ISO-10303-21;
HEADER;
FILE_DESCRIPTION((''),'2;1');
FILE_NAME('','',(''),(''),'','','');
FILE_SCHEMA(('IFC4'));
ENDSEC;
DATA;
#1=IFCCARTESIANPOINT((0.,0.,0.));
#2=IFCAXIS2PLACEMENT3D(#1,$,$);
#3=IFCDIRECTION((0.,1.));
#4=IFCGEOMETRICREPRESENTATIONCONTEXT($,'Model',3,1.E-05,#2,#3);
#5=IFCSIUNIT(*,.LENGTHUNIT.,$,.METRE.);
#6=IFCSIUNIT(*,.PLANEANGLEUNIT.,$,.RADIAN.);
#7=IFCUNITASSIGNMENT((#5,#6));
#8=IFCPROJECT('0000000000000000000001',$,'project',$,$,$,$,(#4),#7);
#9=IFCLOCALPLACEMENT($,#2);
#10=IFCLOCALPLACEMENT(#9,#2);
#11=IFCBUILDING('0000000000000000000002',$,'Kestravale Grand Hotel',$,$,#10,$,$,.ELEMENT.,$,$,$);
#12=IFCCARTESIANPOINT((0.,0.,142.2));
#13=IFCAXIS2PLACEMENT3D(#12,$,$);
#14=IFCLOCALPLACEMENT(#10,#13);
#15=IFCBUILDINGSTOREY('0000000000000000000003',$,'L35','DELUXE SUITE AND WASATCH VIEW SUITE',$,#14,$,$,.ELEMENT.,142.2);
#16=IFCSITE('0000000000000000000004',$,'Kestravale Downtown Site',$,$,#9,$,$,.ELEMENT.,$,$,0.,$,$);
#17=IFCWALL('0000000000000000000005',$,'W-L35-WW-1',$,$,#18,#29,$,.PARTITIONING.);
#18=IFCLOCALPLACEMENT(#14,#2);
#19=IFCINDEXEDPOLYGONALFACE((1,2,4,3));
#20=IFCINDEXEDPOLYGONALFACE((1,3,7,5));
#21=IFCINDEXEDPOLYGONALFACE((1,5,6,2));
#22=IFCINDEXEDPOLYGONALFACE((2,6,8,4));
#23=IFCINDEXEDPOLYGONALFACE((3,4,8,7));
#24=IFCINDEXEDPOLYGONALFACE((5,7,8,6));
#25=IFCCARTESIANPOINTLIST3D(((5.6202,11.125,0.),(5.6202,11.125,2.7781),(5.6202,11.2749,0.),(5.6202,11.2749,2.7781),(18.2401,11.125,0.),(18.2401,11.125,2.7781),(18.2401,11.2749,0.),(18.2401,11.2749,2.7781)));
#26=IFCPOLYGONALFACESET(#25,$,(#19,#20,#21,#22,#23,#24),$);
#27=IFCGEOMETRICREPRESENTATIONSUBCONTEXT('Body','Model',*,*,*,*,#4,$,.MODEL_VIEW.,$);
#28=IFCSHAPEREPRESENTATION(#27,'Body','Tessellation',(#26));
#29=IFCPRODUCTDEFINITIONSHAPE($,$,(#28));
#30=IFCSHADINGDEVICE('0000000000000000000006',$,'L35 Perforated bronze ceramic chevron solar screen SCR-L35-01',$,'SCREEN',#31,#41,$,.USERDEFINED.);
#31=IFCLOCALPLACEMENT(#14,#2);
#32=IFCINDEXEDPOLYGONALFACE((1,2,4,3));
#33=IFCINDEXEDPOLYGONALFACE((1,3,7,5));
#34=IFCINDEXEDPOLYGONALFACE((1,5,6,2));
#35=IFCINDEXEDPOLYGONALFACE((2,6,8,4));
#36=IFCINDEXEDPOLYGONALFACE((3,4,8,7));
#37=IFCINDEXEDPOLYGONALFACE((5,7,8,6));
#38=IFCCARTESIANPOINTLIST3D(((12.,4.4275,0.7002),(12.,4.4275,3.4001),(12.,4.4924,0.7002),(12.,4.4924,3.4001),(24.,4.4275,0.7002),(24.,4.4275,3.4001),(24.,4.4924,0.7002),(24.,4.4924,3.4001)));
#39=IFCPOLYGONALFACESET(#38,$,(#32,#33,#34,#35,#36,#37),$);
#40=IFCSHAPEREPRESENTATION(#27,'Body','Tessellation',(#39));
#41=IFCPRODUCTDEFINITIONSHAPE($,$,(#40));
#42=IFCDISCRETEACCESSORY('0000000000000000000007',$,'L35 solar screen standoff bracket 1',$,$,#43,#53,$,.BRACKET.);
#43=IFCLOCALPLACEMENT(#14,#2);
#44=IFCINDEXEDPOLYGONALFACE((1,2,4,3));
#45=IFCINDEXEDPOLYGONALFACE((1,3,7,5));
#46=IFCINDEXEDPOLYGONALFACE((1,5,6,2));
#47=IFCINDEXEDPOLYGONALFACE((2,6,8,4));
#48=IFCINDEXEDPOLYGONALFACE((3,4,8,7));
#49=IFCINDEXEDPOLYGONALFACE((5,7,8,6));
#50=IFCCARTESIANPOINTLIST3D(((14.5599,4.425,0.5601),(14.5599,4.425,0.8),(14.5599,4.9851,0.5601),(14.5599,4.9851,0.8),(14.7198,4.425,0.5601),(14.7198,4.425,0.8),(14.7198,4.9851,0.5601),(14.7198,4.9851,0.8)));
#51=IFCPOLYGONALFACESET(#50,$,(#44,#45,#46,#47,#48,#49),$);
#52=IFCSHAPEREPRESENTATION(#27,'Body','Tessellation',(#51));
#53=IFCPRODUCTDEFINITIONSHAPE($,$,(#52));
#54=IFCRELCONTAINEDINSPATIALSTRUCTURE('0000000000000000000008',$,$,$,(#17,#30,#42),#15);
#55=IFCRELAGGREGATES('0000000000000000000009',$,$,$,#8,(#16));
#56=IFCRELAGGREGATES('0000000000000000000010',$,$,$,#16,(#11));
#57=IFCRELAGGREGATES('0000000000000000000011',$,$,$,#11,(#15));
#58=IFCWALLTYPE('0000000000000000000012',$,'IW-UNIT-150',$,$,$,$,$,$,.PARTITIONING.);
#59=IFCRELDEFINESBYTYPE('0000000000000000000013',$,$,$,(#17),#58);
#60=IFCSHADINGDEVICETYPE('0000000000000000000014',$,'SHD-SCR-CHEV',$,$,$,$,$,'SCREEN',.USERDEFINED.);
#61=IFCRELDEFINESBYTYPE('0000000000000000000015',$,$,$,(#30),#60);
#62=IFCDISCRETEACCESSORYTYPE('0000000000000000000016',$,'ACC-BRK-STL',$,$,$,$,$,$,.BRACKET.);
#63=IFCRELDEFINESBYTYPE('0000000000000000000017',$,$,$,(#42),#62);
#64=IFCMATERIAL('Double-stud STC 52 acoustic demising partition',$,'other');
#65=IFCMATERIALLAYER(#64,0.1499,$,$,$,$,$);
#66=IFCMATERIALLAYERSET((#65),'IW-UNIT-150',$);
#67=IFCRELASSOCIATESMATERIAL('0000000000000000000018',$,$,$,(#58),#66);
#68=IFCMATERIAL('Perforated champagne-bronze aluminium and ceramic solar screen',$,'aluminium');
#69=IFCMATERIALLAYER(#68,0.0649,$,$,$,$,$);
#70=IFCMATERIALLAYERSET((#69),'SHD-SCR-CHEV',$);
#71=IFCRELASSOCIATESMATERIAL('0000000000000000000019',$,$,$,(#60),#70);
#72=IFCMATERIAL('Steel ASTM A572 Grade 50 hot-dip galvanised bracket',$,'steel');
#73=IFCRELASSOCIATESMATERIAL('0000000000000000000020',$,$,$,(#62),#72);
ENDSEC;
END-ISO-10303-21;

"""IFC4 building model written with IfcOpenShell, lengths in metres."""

from ifc_helpers import new_model, si_unit, direction, frame, frame_2d, origin, origin_2d, place, context, subcontext, project, spatial, rectangle, extrude, material, layer, layer_set, type_object, element, save


model = new_model("IFC4")

# Units and contexts
model_context = context("Model", 3, precision=1e-05, world=origin(), true_north=direction((0.0, 1.0)))
body_context = subcontext(model_context, "Body", "Model", "MODEL_VIEW")
ifc_project = project(units=[si_unit("LENGTHUNIT", "METRE"), si_unit("PLANEANGLEUNIT", "RADIAN")], contexts=[model_context])

# Site, building, storey
site_placement = place(None, origin())
site = spatial("IfcSite", under=ifc_project, at=site_placement, Name="Kestravale Downtown Site", CompositionType="ELEMENT", RefElevation=0.0)
building_placement = place(site_placement, origin())
building = spatial("IfcBuilding", under=site, at=building_placement, Name="Kestravale Grand Hotel", CompositionType="ELEMENT")
storey_placement = place(building_placement, frame((0.0, 0.0, 142.2)))
storey = spatial("IfcBuildingStorey", under=building, at=storey_placement, Name="L35", Description="DELUXE SUITE AND WASATCH VIEW SUITE", CompositionType="ELEMENT", Elevation=142.2)

# Wall
ifc_material_1 = material(Name="Double-stud STC 52 acoustic demising partition", Category="other")
ifc_layer_1 = layer(ifc_material_1, 0.1499)
ifc_layer_set_1 = layer_set([ifc_layer_1], Name="IW-UNIT-150")
wall_type_1 = type_object("IfcWallType", Name="IW-UNIT-150", PredefinedType="PARTITIONING", material=ifc_layer_set_1)
wall_1_placement = place(storey_placement, frame((5.6201, 11.2, 0.0), z_axis=(0.0, 0.0, 1.0), x_axis=(1.0, 0.0, 0.0)))
element("IfcWall", 1, at=wall_1_placement, inside=storey, type_object=wall_type_1, Name="W-L35-WW-1", PredefinedType="PARTITIONING", context=body_context, shape_type="SweptSolid", body=[
    extrude(rectangle(XDim=12.6199, YDim=0.1499, at=frame_2d((6.3101, 0.0))), origin(), (0.0, 0.0, 1.0), 2.7781),
])

# Shading device
ifc_material_2 = material(Name="Perforated champagne-bronze aluminium and ceramic solar screen", Category="aluminium")
ifc_layer_2 = layer(ifc_material_2, 0.0649)
ifc_layer_set_2 = layer_set([ifc_layer_2], Name="SHD-SCR-CHEV")
shading_device_type = type_object("IfcShadingDeviceType", Name="SHD-SCR-CHEV", ElementType="SCREEN", PredefinedType="USERDEFINED", material=ifc_layer_set_2)
shading_device_placement = place(storey_placement, frame((18.0, 4.46, 0.7002), z_axis=(0.0, 0.0, 1.0), x_axis=(1.0, 0.0, 0.0)))
element("IfcShadingDevice", 2, at=shading_device_placement, inside=storey, type_object=shading_device_type, Name="L35 Perforated bronze ceramic chevron solar screen SCR-L35-01", ObjectType="SCREEN", PredefinedType="USERDEFINED", context=body_context, shape_type="SweptSolid", body=[
    extrude(rectangle(XDim=12.0, YDim=0.0649, at=origin_2d()), origin(), (0.0, 0.0, 1.0), 2.7),
])

# Discrete accessory
ifc_material_3 = material(Name="Steel ASTM A572 Grade 50 hot-dip galvanised bracket", Category="steel")
discrete_accessory_type = type_object("IfcDiscreteAccessoryType", Name="ACC-BRK-STL", PredefinedType="BRACKET", material=ifc_material_3)
discrete_accessory_placement = place(storey_placement, frame((14.6399, 4.7051, 0.5601), z_axis=(0.0, 0.0, 1.0), x_axis=(1.0, 0.0, 0.0)))
element("IfcDiscreteAccessory", 3, at=discrete_accessory_placement, inside=storey, type_object=discrete_accessory_type, Name="L35 solar screen standoff bracket 1", PredefinedType="BRACKET", context=body_context, shape_type="SweptSolid", body=[
    extrude(rectangle(XDim=0.1599, YDim=0.5601, at=origin_2d()), origin(), (0.0, 0.0, 1.0), 0.24),
])

save(model, "model.ifc")
